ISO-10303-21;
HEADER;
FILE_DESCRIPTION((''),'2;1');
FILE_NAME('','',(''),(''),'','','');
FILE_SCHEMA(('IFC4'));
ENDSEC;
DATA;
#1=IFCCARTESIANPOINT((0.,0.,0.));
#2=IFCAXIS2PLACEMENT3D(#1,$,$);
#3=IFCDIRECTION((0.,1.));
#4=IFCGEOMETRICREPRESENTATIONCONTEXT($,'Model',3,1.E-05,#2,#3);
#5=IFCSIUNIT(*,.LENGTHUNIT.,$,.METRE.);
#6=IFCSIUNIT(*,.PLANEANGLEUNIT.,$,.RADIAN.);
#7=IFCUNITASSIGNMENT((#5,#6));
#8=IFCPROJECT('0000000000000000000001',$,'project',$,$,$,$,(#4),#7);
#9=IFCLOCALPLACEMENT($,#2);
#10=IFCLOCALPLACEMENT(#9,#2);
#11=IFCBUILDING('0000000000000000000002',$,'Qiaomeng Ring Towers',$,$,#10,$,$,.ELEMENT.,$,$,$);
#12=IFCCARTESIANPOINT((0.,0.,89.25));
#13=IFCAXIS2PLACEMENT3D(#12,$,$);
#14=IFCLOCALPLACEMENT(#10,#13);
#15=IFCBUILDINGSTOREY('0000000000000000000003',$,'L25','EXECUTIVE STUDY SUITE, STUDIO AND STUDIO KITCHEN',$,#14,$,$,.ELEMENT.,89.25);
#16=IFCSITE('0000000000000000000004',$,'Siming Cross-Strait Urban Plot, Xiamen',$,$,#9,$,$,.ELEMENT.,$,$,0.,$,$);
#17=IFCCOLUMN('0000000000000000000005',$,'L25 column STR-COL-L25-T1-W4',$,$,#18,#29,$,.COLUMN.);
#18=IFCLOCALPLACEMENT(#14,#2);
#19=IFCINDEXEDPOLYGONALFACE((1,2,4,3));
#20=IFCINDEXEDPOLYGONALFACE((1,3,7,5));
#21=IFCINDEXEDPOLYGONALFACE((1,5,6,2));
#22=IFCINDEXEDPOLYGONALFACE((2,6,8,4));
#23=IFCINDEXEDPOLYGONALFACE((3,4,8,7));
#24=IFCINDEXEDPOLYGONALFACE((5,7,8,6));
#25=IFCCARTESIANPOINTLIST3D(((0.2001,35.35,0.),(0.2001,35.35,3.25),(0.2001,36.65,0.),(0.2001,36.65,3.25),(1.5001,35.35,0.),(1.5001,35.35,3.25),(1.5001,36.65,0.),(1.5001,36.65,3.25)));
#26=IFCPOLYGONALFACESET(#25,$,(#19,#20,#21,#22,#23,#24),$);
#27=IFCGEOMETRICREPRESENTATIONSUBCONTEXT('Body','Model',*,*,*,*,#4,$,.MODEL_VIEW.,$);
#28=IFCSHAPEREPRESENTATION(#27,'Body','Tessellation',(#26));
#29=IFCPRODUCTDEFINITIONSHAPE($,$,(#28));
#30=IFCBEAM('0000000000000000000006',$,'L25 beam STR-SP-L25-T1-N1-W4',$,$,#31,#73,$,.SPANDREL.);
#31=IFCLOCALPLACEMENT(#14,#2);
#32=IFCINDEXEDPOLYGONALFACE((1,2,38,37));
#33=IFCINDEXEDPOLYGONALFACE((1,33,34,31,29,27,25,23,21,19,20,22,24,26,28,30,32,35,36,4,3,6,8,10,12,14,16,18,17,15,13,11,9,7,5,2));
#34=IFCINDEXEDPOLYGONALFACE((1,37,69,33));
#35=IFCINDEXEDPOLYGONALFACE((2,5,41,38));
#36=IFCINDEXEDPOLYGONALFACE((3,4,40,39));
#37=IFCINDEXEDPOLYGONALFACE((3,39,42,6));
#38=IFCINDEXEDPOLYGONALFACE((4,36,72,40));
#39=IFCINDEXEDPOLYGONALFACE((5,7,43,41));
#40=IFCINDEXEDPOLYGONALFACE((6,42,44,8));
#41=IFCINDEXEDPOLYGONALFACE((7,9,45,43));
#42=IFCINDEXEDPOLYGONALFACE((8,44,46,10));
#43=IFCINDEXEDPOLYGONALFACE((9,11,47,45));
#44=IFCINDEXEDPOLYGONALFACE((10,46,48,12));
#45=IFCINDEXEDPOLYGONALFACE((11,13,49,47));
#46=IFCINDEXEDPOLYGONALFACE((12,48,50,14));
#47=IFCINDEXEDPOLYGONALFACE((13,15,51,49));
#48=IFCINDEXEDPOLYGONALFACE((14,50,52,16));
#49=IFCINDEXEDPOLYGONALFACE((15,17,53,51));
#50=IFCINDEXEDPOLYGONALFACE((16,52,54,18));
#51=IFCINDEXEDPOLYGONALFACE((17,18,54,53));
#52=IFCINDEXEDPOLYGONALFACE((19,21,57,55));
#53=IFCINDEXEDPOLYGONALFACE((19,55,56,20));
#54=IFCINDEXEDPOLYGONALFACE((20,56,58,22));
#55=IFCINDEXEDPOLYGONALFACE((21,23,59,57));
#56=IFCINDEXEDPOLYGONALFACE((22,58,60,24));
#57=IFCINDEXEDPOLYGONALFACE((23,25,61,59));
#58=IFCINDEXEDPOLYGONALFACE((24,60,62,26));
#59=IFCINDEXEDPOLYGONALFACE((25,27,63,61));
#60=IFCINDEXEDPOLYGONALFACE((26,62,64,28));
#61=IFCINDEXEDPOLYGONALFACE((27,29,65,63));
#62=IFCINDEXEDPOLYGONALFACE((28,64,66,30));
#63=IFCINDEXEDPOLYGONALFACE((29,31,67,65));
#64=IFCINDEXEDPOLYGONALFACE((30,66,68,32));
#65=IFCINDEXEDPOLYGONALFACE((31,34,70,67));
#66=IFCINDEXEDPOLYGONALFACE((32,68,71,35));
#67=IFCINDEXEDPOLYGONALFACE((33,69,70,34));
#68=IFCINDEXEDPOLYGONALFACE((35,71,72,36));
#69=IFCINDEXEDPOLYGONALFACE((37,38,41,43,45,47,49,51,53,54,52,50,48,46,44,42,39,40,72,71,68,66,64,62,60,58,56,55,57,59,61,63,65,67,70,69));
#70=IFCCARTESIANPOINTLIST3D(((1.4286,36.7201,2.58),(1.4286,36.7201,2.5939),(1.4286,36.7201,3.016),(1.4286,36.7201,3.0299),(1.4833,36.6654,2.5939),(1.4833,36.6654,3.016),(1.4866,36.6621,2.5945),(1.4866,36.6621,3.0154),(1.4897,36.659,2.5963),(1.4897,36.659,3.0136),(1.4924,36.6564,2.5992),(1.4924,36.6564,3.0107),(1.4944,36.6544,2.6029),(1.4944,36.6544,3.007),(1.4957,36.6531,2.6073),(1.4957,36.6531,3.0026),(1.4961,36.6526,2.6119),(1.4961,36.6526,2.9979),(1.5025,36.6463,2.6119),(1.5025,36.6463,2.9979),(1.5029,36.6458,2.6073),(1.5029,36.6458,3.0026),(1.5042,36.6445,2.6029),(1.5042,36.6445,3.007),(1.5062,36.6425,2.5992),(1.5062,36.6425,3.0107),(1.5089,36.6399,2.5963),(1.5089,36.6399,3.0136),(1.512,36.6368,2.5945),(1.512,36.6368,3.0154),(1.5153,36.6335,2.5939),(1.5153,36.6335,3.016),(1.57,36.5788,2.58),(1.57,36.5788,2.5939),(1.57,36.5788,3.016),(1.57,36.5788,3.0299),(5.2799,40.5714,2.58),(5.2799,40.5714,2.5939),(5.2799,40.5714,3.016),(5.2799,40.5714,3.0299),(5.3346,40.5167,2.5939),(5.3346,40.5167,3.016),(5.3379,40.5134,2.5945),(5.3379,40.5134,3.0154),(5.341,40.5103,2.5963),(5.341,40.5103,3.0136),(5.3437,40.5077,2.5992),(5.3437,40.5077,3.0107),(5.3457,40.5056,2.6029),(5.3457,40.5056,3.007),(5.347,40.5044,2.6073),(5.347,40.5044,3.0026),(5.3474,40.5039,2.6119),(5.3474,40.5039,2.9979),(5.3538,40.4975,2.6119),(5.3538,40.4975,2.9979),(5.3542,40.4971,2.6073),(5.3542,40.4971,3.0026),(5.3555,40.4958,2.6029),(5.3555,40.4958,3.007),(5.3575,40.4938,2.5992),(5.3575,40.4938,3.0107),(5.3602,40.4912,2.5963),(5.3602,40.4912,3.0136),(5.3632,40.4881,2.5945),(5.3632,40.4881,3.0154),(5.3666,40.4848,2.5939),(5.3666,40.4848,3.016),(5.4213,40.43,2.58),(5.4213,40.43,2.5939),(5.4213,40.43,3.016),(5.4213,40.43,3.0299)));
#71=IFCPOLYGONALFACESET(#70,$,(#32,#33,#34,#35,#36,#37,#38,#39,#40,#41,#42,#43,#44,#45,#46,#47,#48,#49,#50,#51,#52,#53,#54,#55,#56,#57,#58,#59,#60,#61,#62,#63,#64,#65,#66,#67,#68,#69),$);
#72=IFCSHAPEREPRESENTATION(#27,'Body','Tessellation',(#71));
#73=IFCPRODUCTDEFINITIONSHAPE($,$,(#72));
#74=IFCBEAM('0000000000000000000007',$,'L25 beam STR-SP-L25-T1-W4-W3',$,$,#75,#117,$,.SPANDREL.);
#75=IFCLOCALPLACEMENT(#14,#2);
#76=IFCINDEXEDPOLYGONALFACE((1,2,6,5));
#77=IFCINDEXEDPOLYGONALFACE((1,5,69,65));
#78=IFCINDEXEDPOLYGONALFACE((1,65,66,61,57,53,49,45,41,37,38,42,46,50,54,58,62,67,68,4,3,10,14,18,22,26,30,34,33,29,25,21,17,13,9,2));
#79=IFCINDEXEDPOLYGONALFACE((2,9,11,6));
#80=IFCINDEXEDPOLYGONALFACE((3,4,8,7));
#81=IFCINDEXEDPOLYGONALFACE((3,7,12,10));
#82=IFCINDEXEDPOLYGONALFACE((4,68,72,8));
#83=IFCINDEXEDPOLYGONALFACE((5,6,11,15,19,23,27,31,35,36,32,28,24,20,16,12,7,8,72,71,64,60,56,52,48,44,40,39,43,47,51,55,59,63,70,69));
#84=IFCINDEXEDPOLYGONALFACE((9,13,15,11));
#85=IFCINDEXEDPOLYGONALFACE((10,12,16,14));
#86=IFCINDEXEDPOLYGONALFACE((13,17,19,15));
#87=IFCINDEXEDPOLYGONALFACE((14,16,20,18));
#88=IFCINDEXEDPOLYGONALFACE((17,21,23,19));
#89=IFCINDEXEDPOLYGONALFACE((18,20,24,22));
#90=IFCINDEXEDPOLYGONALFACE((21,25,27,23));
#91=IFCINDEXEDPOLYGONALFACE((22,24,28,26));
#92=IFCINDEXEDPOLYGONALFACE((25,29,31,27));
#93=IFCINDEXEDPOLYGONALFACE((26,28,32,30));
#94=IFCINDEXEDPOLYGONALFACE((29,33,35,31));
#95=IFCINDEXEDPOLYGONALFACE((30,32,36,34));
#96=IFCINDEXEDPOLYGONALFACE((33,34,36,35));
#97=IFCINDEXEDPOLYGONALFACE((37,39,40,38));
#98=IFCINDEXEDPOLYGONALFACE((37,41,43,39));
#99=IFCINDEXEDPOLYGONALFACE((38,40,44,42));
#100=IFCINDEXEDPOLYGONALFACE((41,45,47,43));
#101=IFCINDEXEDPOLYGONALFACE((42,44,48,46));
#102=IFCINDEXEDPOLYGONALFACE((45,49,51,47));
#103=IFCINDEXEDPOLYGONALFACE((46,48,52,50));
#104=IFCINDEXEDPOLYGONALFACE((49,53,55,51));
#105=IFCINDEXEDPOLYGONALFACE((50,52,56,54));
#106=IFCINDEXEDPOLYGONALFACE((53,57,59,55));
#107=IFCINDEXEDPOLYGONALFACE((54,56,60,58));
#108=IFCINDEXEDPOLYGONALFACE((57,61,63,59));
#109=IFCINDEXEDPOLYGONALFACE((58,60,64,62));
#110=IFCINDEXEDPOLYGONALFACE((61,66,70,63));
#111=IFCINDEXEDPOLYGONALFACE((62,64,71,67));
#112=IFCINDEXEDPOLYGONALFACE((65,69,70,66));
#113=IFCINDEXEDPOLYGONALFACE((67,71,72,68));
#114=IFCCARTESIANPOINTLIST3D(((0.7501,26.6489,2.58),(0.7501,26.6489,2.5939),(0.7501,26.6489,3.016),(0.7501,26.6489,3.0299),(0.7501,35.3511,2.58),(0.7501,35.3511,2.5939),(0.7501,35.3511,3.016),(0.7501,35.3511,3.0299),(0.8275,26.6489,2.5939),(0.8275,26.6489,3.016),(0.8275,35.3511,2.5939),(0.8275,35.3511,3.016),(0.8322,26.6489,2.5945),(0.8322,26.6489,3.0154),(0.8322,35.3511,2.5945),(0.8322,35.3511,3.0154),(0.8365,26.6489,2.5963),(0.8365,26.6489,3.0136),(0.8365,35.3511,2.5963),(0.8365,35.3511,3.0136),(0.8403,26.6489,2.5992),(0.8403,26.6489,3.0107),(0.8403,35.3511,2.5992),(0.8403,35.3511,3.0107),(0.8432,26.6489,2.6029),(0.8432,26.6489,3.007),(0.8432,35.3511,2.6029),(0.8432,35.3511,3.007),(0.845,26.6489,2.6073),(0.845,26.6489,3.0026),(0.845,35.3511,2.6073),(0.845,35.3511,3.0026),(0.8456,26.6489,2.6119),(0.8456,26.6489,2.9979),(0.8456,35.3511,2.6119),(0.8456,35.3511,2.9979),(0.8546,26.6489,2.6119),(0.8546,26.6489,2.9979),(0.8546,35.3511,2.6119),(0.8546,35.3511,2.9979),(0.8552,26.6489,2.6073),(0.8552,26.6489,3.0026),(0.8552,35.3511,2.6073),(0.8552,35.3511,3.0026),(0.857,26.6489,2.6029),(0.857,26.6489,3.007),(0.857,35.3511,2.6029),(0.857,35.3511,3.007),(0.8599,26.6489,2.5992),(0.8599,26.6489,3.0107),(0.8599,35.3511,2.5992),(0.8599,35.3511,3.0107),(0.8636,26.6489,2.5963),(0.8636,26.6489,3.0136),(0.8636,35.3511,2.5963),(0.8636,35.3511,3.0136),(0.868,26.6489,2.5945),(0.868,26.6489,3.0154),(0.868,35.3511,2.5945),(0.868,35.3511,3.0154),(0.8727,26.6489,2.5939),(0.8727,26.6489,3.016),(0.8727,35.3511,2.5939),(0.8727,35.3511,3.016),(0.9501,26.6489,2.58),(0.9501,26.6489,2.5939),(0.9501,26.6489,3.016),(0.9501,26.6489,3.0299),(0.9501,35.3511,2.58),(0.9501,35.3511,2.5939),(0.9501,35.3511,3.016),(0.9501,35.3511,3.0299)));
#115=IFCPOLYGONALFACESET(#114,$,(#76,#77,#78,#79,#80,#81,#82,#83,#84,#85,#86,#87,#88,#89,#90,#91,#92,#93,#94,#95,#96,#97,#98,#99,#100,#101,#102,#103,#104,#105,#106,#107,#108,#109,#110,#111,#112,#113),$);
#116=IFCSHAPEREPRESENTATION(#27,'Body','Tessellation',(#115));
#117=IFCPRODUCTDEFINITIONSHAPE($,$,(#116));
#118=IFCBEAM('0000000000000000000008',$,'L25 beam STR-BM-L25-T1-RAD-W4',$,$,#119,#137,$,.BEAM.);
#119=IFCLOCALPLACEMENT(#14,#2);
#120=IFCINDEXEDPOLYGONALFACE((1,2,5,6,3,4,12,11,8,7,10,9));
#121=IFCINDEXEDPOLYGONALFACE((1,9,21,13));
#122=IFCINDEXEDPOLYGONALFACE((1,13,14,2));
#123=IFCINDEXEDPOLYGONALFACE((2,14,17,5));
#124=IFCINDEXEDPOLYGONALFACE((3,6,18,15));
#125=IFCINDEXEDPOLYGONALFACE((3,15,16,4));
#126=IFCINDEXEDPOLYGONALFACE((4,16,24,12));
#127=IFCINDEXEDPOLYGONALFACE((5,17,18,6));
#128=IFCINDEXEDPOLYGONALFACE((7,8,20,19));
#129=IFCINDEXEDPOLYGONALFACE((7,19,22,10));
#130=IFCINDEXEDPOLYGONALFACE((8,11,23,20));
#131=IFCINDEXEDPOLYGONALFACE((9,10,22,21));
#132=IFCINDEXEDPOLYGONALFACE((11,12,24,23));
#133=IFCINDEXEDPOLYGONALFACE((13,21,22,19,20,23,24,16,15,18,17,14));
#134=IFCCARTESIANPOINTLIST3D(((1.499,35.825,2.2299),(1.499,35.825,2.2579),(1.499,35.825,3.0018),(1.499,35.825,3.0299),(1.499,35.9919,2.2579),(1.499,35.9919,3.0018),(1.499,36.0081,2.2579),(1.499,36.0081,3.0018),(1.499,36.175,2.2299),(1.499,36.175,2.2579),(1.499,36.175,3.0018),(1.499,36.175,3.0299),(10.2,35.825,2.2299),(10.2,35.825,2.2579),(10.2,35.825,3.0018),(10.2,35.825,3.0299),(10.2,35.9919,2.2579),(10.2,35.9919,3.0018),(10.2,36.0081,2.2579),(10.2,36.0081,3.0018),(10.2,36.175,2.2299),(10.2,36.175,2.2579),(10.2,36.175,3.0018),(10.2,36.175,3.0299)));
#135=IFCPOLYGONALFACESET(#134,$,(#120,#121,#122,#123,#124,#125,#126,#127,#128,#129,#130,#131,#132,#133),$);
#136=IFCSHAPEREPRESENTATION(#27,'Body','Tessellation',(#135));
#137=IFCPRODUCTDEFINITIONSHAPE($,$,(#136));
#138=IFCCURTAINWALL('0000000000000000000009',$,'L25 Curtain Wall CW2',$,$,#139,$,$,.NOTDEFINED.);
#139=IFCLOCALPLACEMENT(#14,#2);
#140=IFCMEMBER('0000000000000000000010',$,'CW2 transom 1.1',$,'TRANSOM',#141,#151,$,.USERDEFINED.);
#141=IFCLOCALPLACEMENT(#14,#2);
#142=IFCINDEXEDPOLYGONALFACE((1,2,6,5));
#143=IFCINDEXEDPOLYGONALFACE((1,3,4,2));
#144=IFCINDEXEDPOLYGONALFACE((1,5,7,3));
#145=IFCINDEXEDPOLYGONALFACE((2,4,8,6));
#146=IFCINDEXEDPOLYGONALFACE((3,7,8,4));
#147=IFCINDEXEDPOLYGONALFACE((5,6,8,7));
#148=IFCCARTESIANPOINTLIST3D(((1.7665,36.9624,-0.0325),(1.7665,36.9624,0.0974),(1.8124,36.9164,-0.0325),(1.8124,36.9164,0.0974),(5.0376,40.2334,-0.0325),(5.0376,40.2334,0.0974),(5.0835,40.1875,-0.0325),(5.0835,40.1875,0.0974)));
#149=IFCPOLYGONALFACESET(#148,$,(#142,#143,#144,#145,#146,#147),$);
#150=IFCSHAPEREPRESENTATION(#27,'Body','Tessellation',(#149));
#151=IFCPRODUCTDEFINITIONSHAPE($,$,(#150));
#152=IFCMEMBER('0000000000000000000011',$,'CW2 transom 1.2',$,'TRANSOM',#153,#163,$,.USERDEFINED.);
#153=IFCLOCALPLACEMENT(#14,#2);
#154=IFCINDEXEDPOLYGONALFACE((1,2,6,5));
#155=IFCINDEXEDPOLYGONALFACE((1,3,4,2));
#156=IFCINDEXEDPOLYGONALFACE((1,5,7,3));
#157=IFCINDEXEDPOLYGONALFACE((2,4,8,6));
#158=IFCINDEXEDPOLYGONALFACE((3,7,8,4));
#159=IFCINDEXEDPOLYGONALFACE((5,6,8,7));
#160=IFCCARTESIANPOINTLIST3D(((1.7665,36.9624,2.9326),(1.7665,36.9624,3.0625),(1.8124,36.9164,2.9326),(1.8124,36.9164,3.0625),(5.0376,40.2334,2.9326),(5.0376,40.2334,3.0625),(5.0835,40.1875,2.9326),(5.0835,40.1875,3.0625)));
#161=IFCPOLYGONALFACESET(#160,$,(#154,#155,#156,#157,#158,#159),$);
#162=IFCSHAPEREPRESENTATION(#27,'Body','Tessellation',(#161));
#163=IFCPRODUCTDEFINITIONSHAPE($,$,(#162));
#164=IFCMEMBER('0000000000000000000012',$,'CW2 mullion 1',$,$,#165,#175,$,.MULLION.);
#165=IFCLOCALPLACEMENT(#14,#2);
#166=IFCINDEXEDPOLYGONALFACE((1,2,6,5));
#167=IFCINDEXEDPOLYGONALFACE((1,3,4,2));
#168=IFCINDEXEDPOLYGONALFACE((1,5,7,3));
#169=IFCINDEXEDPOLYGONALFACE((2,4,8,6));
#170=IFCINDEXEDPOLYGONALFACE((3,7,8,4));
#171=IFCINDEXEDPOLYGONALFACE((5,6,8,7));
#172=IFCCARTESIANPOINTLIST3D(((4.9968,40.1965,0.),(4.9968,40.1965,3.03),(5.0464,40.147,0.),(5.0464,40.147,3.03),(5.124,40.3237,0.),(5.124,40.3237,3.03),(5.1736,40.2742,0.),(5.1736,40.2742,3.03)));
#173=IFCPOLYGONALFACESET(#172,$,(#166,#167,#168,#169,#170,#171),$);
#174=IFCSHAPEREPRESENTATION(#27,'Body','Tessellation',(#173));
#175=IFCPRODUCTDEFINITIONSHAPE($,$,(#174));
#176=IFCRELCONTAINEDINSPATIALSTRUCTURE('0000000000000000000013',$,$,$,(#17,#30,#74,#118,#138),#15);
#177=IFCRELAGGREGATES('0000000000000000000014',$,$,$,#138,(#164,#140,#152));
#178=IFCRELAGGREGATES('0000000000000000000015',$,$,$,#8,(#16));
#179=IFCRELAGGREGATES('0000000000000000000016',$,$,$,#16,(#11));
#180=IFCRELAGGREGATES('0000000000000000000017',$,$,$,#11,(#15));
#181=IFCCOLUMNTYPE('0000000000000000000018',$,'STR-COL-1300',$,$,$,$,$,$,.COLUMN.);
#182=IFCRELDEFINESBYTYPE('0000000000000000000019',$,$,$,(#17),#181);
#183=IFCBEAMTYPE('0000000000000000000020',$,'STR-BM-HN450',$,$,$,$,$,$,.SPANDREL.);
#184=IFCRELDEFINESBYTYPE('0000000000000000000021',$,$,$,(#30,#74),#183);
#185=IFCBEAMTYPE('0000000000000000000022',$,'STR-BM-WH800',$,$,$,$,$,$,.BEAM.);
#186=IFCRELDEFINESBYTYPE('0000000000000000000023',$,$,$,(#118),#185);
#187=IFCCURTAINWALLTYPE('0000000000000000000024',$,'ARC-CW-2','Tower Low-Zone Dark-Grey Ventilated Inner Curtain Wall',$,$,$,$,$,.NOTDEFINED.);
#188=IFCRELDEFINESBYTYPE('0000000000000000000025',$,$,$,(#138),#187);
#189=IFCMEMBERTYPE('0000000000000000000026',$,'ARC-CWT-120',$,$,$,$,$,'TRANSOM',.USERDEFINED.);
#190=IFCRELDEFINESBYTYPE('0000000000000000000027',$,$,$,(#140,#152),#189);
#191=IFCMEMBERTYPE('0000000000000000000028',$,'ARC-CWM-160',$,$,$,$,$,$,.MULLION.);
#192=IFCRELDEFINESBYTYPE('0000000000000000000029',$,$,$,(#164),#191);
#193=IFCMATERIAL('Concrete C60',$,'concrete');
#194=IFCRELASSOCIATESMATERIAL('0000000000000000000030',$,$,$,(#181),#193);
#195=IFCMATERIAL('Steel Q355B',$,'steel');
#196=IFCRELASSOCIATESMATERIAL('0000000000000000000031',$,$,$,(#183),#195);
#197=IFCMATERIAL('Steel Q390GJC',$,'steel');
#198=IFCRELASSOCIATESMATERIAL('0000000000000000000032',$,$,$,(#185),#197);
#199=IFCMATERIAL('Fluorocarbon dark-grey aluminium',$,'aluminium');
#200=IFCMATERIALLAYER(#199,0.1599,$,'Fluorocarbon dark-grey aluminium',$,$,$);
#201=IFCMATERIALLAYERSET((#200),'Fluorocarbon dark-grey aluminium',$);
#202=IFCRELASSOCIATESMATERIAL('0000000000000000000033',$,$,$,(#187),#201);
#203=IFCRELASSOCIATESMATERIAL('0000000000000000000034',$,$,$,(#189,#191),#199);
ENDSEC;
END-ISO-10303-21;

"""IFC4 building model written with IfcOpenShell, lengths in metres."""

from ifc_helpers import new_model, si_unit, direction, frame, origin, origin_2d, place, context, subcontext, project, spatial, rectangle, i_section, extrude, source, transform, mapped, material, layer, layer_set, material_profile, profile_set, type_object, element, aggregate, save


model = new_model("IFC4")

# Units and contexts
model_context = context("Model", 3, precision=1e-05, world=origin(), true_north=direction((0.0, 1.0)))
body_context = subcontext(model_context, "Body", "Model", "MODEL_VIEW")
ifc_project = project(units=[si_unit("LENGTHUNIT", "METRE"), si_unit("PLANEANGLEUNIT", "RADIAN")], contexts=[model_context])

# Site, building, storey
site_placement = place(None, origin())
site = spatial("IfcSite", under=ifc_project, at=site_placement, Name="Siming Cross-Strait Urban Plot, Xiamen", CompositionType="ELEMENT", RefElevation=0.0)
building_placement = place(site_placement, origin())
building = spatial("IfcBuilding", under=site, at=building_placement, Name="Qiaomeng Ring Towers", CompositionType="ELEMENT")
storey_placement = place(building_placement, frame((0.0, 0.0, 89.25)))
storey = spatial("IfcBuildingStorey", under=building, at=storey_placement, Name="L25", Description="EXECUTIVE STUDY SUITE, STUDIO AND STUDIO KITCHEN", CompositionType="ELEMENT", Elevation=89.25)

# Column
ifc_material_1 = material(Name="Concrete C60", Category="concrete")
ifc_material_profile_1 = material_profile(ifc_material_1, rectangle(XDim=1.3, YDim=1.3, at=origin_2d()), Name="RC COL 1300x1300")
ifc_profile_set_1 = profile_set([ifc_material_profile_1], Name="Concrete C60")
column_type = type_object("IfcColumnType", Name="STR-COL-1300", PredefinedType="COLUMN", material=ifc_profile_set_1)
shared_shape_1 = source(origin(), body_context, "Body", "SweptSolid", [
    extrude(rectangle(XDim=1.3, YDim=1.3, at=origin_2d()), origin(), (0.0, 0.0, 1.0), 3.25),
])
column_placement = place(storey_placement, frame((0.8501, 36.0, 0.0), z_axis=(0.0, 0.0, 1.0), x_axis=(1.0, 0.0, 0.0)))
element("IfcColumn", 1, at=column_placement, inside=storey, type_object=column_type, Name="L25 column STR-COL-L25-T1-W4", PredefinedType="COLUMN", context=body_context, shape_type="MappedRepresentation", body=[
    mapped(shared_shape_1, transform((0.0, 0.0, 0.0), x_axis=(1.0, 0.0, 0.0), y_axis=(0.0, 1.0, 0.0), z_axis=(0.0, 0.0, 1.0), scale=1.0)),
])

# Beams
ifc_material_2 = material(Name="Steel Q355B", Category="steel")
ifc_material_profile_2 = material_profile(ifc_material_2, i_section(OverallWidth=0.2, OverallDepth=0.45, WebThickness=0.009, FlangeThickness=0.0139, FilletRadius=0.0181, at=origin_2d()), Name="HN 450x200x9x14")
ifc_profile_set_2 = profile_set([ifc_material_profile_2], Name="Steel Q355B")
beam_type_1 = type_object("IfcBeamType", Name="STR-BM-HN450", PredefinedType="SPANDREL", material=ifc_profile_set_2)
shared_shape_2 = source(origin(), body_context, "Body", "SweptSolid", [
    extrude(i_section(OverallWidth=0.2, OverallDepth=0.45, WebThickness=0.009, FlangeThickness=0.0139, FilletRadius=0.0181, at=origin_2d()), origin(), (0.0, 0.0, 1.0), 5.4465),
])
beam_1_placement = place(storey_placement, frame((5.3506, 40.5007, 2.8049), z_axis=(-0.707107, -0.707107, 0.0), x_axis=(0.707107, -0.707107, 0.0)))
element("IfcBeam", 2, at=beam_1_placement, inside=storey, type_object=beam_type_1, Name="L25 beam STR-SP-L25-T1-N1-W4", PredefinedType="SPANDREL", context=body_context, shape_type="MappedRepresentation", body=[
    mapped(shared_shape_2, transform((0.0, 0.0, 0.0), x_axis=(1.0, 0.0, 0.0), y_axis=(0.0, 1.0, 0.0), z_axis=(0.0, 0.0, 1.0), scale=1.0)),
])
shared_shape_3 = source(origin(), body_context, "Body", "SweptSolid", [
    extrude(i_section(OverallWidth=0.2, OverallDepth=0.45, WebThickness=0.009, FlangeThickness=0.0139, FilletRadius=0.0181, at=origin_2d()), origin(), (0.0, 0.0, 1.0), 8.7021),
])
beam_2_placement = place(storey_placement, frame((0.8501, 35.3511, 2.8049), z_axis=(0.0, -1.0, 0.0), x_axis=(1.0, 0.0, 0.0)))
element("IfcBeam", 3, at=beam_2_placement, inside=storey, type_object=beam_type_1, Name="L25 beam STR-SP-L25-T1-W4-W3", PredefinedType="SPANDREL", context=body_context, shape_type="MappedRepresentation", body=[
    mapped(shared_shape_3, transform((0.0, 0.0, 0.0), x_axis=(1.0, 0.0, 0.0), y_axis=(0.0, 1.0, 0.0), z_axis=(0.0, 0.0, 1.0), scale=1.0)),
])
ifc_material_3 = material(Name="Steel Q390GJC", Category="steel")
ifc_material_profile_3 = material_profile(ifc_material_3, i_section(OverallWidth=0.3501, OverallDepth=0.8, WebThickness=0.0161, FlangeThickness=0.0281, at=origin_2d()), Name="WH 800x350x16x28")
ifc_profile_set_3 = profile_set([ifc_material_profile_3], Name="Steel Q390GJC")
beam_type_2 = type_object("IfcBeamType", Name="STR-BM-WH800", PredefinedType="BEAM", material=ifc_profile_set_3)
shared_shape_4 = source(origin(), body_context, "Body", "SweptSolid", [
    extrude(i_section(OverallWidth=0.3501, OverallDepth=0.8, WebThickness=0.0161, FlangeThickness=0.0281, at=origin_2d()), origin(), (0.0, 0.0, 1.0), 8.7009),
])
beam_3_placement = place(storey_placement, frame((1.499, 36.0, 2.6299), z_axis=(1.0, 0.0, 0.0), x_axis=(0.0, 1.0, 0.0)))
element("IfcBeam", 4, at=beam_3_placement, inside=storey, type_object=beam_type_2, Name="L25 beam STR-BM-L25-T1-RAD-W4", PredefinedType="BEAM", context=body_context, shape_type="MappedRepresentation", body=[
    mapped(shared_shape_4, transform((0.0, 0.0, 0.0), x_axis=(1.0, 0.0, 0.0), y_axis=(0.0, 1.0, 0.0), z_axis=(0.0, 0.0, 1.0), scale=1.0)),
])

# Curtain wall, members
ifc_material_4 = material(Name="Fluorocarbon dark-grey aluminium", Category="aluminium")
ifc_layer_1 = layer(ifc_material_4, 0.1599, Name="Fluorocarbon dark-grey aluminium")
ifc_layer_set_1 = layer_set([ifc_layer_1], Name="Fluorocarbon dark-grey aluminium")
curtain_wall_type = type_object("IfcCurtainWallType", Name="ARC-CW-2", Description="Tower Low-Zone Dark-Grey Ventilated Inner Curtain Wall", PredefinedType="NOTDEFINED", material=ifc_layer_set_1)
curtain_wall_placement = place(storey_placement, origin())
curtain_wall = element("IfcCurtainWall", 5, at=curtain_wall_placement, inside=storey, type_object=curtain_wall_type, Name="L25 Curtain Wall CW2", PredefinedType="NOTDEFINED")
ifc_material_profile_4 = material_profile(ifc_material_4, rectangle(XDim=0.0649, YDim=0.1299, at=origin_2d()), Name="ALU TRAN 65x130")
ifc_profile_set_4 = profile_set([ifc_material_profile_4], Name="Fluorocarbon dark-grey aluminium")
member_type_1 = type_object("IfcMemberType", Name="ARC-CWT-120", ElementType="TRANSOM", PredefinedType="USERDEFINED", material=ifc_profile_set_4)
shared_shape_5 = source(origin(), body_context, "Body", "SweptSolid", [
    extrude(rectangle(XDim=0.0649, YDim=0.1299, at=origin_2d()), origin(), (0.0, 0.0, 1.0), 4.626),
])
member_1_placement = place(storey_placement, frame((5.0605, 40.2104, 0.0325), z_axis=(-0.707107, -0.707107, 0.0), x_axis=(0.707107, -0.707107, 0.0)))
member_1 = element("IfcMember", 6, at=member_1_placement, type_object=member_type_1, Name="CW2 transom 1.1", ObjectType="TRANSOM", PredefinedType="USERDEFINED", context=body_context, shape_type="MappedRepresentation", body=[
    mapped(shared_shape_5, transform((0.0, 0.0, 0.0), x_axis=(1.0, 0.0, 0.0), y_axis=(0.0, 1.0, 0.0), z_axis=(0.0, 0.0, 1.0), scale=1.0)),
])
member_2_placement = place(storey_placement, frame((5.0605, 40.2104, 2.9976), z_axis=(-0.707107, -0.707107, 0.0), x_axis=(0.707107, -0.707107, 0.0)))
member_2 = element("IfcMember", 7, at=member_2_placement, type_object=member_type_1, Name="CW2 transom 1.2", ObjectType="TRANSOM", PredefinedType="USERDEFINED", context=body_context, shape_type="MappedRepresentation", body=[
    mapped(shared_shape_5, transform((0.0, 0.0, 0.0), x_axis=(1.0, 0.0, 0.0), y_axis=(0.0, 1.0, 0.0), z_axis=(0.0, 0.0, 1.0), scale=1.0)),
])
ifc_material_profile_5 = material_profile(ifc_material_4, rectangle(XDim=0.0701, YDim=0.1799, at=origin_2d()), Name="ALU MULL 70x180")
ifc_profile_set_5 = profile_set([ifc_material_profile_5], Name="Fluorocarbon dark-grey aluminium")
member_type_2 = type_object("IfcMemberType", Name="ARC-CWM-160", PredefinedType="MULLION", material=ifc_profile_set_5)
shared_shape_6 = source(origin(), body_context, "Body", "SweptSolid", [
    extrude(rectangle(XDim=0.0701, YDim=0.1799, at=origin_2d()), origin(), (0.0, 0.0, 1.0), 3.03),
])
member_3_placement = place(storey_placement, frame((5.0852, 40.2354, 0.0), z_axis=(0.0, 0.0, 1.0), x_axis=(0.707107, -0.707107, 0.0)))
member_3 = element("IfcMember", 8, at=member_3_placement, type_object=member_type_2, Name="CW2 mullion 1", PredefinedType="MULLION", context=body_context, shape_type="MappedRepresentation", body=[
    mapped(shared_shape_6, transform((0.0, 0.0, 0.0), x_axis=(1.0, 0.0, 0.0), y_axis=(0.0, 1.0, 0.0), z_axis=(0.0, 0.0, 1.0), scale=1.0)),
])
aggregate(curtain_wall, [member_3, member_1, member_2])

save(model, "model.ifc")
